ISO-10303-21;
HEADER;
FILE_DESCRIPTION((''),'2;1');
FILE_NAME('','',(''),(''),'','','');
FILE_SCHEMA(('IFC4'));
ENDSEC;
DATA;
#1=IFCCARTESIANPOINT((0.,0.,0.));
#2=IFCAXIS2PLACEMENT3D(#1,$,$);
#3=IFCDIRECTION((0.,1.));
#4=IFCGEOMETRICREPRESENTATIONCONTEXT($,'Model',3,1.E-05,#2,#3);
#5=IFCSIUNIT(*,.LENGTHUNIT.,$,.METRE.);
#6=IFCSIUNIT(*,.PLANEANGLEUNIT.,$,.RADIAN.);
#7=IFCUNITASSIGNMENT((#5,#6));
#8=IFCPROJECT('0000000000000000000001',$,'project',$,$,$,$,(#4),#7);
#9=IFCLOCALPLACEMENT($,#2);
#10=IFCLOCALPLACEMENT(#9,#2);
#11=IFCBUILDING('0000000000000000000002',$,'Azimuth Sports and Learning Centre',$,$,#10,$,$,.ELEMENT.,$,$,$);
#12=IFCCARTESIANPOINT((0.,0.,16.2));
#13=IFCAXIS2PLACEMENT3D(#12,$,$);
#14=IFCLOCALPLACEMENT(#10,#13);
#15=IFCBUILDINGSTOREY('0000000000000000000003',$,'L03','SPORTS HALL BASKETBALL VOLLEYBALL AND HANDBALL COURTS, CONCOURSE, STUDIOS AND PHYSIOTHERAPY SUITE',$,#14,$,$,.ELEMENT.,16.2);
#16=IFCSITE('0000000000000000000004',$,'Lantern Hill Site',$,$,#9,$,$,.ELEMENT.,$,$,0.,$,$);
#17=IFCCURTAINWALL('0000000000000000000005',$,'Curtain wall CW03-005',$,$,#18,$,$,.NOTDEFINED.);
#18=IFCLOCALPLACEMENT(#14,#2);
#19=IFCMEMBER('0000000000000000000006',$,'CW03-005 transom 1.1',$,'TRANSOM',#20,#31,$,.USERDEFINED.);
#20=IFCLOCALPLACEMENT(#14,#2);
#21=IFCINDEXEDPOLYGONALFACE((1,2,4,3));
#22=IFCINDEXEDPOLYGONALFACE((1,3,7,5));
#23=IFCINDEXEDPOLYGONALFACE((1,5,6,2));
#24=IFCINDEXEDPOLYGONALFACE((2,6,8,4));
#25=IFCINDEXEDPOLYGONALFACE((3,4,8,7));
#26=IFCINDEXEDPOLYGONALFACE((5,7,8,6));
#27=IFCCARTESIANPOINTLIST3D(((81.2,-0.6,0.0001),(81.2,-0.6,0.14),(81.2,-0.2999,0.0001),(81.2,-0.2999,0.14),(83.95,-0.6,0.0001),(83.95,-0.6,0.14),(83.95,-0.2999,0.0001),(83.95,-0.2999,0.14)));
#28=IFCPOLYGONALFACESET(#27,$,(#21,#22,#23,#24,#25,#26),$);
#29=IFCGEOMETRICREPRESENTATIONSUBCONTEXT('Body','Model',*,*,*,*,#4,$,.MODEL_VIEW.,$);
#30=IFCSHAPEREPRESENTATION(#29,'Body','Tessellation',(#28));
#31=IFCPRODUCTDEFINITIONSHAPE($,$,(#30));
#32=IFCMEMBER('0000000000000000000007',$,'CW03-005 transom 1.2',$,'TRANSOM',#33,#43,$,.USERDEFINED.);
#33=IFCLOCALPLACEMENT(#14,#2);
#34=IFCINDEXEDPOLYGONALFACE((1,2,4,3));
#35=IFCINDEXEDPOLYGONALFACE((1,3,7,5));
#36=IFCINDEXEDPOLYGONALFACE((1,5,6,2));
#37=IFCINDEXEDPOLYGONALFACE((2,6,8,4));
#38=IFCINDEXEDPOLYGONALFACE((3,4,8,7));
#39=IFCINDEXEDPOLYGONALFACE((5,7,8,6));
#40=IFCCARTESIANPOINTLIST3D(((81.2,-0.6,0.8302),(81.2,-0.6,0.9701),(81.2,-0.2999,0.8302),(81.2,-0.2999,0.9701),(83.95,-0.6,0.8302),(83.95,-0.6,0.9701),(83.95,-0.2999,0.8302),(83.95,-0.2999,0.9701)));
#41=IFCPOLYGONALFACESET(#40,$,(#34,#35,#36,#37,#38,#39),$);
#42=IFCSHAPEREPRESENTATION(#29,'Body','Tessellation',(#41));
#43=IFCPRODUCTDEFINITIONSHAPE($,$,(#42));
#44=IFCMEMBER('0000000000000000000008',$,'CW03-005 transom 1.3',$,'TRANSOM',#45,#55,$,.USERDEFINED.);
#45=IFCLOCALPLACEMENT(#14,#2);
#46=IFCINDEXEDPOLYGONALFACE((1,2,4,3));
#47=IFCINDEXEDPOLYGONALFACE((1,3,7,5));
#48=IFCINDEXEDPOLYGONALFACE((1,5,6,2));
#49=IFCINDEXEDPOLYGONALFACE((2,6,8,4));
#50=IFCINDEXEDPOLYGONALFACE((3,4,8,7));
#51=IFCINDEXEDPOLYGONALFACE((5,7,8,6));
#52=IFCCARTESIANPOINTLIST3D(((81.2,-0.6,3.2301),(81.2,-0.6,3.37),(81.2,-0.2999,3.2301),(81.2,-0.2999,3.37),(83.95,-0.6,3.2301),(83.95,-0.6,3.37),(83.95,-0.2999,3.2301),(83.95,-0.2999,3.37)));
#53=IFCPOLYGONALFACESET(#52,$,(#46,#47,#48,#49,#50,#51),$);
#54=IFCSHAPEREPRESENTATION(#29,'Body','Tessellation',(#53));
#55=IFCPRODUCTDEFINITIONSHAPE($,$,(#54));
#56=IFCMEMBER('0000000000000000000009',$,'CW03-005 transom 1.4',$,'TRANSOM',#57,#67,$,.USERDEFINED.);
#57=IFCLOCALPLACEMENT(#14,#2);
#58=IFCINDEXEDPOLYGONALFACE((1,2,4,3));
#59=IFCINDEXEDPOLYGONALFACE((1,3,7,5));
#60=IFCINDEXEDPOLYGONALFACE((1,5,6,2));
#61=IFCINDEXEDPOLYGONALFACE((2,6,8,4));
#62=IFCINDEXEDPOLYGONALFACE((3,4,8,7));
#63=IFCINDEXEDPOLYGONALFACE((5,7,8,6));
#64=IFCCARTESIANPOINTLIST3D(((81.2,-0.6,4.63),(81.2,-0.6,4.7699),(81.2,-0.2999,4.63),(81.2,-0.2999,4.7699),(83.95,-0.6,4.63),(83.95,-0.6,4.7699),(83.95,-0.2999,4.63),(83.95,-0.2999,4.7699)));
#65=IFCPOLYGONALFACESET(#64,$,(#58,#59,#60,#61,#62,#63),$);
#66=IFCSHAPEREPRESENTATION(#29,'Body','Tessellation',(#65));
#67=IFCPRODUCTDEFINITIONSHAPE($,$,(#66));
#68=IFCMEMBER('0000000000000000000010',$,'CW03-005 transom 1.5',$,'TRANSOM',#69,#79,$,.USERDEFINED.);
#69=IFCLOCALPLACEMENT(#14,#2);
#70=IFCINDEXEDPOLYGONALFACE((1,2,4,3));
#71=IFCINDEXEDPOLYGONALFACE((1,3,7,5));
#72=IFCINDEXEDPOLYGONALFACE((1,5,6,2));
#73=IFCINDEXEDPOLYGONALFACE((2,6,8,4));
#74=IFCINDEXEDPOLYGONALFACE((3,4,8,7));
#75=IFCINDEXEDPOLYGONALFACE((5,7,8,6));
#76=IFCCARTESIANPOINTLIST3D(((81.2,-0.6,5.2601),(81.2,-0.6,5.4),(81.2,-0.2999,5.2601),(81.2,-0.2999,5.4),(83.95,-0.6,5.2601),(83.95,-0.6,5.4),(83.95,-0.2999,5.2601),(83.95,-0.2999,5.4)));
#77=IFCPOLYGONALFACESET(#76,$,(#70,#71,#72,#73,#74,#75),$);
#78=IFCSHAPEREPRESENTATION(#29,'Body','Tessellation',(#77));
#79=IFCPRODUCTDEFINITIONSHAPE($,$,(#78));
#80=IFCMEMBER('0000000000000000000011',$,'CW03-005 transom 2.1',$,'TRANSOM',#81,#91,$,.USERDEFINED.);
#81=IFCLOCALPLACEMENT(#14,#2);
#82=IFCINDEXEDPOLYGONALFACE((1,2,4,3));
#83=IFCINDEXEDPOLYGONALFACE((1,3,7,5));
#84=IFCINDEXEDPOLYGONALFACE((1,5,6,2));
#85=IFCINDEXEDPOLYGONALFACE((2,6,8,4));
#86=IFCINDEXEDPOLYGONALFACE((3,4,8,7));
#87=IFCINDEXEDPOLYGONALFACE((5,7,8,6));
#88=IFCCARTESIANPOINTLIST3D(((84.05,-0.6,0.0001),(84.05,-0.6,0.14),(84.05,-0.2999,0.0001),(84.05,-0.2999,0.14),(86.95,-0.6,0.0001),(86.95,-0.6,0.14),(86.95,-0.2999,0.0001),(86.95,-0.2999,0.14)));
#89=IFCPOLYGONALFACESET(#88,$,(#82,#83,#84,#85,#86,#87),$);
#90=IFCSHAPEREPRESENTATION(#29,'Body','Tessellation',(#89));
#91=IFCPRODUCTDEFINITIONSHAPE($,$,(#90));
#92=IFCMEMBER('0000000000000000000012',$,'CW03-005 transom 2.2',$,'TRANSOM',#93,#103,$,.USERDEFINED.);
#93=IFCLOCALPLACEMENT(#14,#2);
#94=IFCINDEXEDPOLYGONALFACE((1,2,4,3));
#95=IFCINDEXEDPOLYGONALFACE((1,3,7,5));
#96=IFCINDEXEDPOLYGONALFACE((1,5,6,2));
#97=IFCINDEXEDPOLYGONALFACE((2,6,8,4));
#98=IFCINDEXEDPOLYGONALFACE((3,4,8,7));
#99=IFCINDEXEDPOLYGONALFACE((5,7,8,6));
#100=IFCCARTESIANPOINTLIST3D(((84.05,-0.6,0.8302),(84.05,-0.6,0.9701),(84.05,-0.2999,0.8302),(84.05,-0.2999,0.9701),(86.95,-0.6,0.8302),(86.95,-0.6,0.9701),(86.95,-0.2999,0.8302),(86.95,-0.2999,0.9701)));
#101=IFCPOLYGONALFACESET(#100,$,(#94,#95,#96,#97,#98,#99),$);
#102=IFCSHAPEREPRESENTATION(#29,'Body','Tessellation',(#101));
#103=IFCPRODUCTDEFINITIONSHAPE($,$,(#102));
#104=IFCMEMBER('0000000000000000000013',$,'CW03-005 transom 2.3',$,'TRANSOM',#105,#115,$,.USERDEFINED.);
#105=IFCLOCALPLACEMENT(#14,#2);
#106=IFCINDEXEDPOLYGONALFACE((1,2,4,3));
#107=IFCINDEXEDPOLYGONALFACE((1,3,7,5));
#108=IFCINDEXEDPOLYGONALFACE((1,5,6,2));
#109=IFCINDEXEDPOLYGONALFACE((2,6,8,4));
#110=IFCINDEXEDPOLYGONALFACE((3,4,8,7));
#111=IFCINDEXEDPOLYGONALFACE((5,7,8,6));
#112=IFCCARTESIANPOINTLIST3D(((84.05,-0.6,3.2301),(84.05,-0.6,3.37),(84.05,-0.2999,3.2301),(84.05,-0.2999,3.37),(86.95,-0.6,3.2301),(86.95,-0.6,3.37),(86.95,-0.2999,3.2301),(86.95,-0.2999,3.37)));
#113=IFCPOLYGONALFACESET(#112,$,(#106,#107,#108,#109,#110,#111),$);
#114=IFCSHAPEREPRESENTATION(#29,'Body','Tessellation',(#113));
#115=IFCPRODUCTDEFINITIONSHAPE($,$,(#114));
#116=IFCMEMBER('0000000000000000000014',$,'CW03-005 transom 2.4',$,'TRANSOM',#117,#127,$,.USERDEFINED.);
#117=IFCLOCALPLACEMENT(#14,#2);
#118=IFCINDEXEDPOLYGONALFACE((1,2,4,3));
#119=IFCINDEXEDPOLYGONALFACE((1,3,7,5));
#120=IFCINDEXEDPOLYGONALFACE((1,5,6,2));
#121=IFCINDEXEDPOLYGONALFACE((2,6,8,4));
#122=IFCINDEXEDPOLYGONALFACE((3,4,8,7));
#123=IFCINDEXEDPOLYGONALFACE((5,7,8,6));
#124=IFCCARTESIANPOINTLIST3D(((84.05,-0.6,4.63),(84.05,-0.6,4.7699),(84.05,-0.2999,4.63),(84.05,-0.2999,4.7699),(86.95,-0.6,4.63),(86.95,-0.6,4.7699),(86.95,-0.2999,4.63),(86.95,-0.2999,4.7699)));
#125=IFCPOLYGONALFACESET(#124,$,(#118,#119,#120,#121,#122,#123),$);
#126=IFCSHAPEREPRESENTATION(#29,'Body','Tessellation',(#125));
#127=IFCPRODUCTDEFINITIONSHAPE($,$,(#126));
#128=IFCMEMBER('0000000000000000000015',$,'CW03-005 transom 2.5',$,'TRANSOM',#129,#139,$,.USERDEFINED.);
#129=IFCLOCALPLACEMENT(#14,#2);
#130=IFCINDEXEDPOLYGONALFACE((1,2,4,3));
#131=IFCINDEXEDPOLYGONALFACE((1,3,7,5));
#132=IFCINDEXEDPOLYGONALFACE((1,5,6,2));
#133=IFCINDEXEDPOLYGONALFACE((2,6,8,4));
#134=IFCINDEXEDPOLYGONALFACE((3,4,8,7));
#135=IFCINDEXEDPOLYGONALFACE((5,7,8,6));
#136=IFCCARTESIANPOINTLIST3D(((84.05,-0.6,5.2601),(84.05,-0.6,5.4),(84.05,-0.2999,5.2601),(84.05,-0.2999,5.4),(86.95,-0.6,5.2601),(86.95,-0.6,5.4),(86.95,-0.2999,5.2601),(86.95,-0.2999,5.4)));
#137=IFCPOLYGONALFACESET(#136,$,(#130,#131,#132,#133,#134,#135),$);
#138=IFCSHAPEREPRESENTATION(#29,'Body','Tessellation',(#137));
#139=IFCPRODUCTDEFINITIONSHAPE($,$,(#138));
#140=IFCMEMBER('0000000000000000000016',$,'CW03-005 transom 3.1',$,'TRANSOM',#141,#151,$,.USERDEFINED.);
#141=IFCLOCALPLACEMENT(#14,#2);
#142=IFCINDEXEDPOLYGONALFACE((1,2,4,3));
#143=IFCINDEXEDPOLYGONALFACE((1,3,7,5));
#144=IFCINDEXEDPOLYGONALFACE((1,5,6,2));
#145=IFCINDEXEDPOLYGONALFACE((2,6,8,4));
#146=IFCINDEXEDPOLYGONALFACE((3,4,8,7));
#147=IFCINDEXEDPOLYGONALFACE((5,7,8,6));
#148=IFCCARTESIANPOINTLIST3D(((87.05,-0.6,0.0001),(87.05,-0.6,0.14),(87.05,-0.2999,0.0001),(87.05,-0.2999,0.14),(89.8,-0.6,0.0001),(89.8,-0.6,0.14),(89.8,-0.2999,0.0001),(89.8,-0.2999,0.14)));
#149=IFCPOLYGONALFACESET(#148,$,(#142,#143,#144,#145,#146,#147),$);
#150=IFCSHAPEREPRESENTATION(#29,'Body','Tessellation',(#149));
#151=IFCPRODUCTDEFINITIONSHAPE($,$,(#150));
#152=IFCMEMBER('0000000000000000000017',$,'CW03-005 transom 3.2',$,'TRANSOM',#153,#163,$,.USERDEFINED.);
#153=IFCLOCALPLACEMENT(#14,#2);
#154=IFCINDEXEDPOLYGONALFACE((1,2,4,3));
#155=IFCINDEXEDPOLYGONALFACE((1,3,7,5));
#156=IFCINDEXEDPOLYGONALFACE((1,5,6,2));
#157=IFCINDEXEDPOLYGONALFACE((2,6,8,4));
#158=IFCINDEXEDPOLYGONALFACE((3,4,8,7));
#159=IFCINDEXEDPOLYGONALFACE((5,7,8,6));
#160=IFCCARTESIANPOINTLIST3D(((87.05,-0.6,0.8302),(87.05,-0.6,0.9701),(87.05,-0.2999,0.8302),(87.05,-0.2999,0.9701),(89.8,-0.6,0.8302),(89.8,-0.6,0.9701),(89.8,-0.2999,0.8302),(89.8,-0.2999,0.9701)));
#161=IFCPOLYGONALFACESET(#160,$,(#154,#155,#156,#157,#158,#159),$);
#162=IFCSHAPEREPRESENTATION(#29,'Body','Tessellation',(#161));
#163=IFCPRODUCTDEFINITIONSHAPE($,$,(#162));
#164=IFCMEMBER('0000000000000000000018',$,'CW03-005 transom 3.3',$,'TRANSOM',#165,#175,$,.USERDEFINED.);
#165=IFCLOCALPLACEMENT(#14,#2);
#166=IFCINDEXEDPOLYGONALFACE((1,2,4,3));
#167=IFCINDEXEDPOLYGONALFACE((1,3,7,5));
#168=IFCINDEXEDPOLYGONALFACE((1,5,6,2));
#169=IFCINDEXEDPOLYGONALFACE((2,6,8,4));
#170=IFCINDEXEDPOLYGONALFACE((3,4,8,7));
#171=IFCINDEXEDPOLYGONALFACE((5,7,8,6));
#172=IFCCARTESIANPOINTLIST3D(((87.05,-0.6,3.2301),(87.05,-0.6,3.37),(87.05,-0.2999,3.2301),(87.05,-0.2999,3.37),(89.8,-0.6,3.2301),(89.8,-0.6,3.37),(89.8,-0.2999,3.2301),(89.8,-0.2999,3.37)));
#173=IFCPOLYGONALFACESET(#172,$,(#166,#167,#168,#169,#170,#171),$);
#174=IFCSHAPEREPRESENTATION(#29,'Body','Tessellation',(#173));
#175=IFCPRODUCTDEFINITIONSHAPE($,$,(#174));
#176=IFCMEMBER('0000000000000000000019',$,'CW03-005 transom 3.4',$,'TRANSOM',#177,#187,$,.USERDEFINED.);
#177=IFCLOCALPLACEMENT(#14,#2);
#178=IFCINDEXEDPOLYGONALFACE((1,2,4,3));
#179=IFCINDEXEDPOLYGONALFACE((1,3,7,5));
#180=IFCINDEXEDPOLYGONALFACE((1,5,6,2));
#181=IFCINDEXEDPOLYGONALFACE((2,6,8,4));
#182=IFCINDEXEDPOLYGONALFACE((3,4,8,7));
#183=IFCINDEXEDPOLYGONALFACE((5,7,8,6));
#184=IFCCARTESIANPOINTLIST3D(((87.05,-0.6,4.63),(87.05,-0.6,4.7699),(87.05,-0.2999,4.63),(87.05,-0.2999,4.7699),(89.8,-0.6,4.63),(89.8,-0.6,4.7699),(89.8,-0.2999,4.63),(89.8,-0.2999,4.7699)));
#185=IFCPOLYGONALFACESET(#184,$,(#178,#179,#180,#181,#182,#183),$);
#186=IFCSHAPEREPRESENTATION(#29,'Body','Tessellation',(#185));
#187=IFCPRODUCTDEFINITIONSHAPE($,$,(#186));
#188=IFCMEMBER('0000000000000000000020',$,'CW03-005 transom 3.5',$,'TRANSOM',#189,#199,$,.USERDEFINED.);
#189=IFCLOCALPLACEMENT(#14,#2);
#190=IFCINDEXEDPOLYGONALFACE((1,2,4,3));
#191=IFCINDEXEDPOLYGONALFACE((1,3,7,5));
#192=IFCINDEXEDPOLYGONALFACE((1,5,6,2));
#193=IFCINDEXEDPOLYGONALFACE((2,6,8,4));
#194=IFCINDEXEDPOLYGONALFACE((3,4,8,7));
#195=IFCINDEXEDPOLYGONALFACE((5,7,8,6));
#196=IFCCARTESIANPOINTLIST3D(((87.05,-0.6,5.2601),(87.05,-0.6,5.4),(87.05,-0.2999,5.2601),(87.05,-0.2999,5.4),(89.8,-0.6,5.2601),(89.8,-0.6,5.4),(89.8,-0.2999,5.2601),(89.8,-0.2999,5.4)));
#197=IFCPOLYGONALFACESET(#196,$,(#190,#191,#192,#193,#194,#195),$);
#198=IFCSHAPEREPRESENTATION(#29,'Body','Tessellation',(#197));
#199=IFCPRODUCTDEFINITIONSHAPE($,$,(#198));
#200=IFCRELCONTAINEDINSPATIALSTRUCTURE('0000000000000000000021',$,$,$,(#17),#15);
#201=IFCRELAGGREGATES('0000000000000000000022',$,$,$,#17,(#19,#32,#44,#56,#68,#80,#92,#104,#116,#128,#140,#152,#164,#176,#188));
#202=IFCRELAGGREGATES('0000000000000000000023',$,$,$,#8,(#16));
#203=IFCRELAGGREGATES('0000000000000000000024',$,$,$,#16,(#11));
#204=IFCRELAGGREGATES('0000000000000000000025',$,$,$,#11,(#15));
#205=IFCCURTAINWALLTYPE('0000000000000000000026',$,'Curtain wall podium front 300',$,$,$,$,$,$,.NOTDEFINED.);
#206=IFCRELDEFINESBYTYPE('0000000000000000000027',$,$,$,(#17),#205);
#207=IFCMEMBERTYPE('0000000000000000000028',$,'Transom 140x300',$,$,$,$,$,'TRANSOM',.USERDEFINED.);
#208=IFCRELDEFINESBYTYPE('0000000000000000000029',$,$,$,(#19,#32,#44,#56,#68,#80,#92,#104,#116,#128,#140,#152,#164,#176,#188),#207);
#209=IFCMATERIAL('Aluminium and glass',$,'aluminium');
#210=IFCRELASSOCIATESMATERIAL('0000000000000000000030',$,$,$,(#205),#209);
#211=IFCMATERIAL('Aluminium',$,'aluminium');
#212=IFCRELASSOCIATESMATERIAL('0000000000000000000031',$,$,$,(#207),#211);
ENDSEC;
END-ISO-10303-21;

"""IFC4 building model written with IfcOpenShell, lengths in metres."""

from ifc_helpers import new_model, si_unit, direction, frame, origin, origin_2d, place, context, subcontext, project, spatial, rectangle, extrude, material, material_profile, profile_set, type_object, element, aggregate, save


model = new_model("IFC4")

# Units and contexts
model_context = context("Model", 3, precision=1e-05, world=origin(), true_north=direction((0.0, 1.0)))
body_context = subcontext(model_context, "Body", "Model", "MODEL_VIEW")
ifc_project = project(units=[si_unit("LENGTHUNIT", "METRE"), si_unit("PLANEANGLEUNIT", "RADIAN")], contexts=[model_context])

# Site, building, storey
site_placement = place(None, origin())
site = spatial("IfcSite", under=ifc_project, at=site_placement, Name="Lantern Hill Site", CompositionType="ELEMENT", RefElevation=0.0)
building_placement = place(site_placement, origin())
building = spatial("IfcBuilding", under=site, at=building_placement, Name="Azimuth Sports and Learning Centre", CompositionType="ELEMENT")
storey_placement = place(building_placement, frame((0.0, 0.0, 16.2)))
storey = spatial("IfcBuildingStorey", under=building, at=storey_placement, Name="L03", Description="SPORTS HALL BASKETBALL VOLLEYBALL AND HANDBALL COURTS, CONCOURSE, STUDIOS AND PHYSIOTHERAPY SUITE", CompositionType="ELEMENT", Elevation=16.2)

# Curtain wall, members
ifc_material_1 = material(Name="Aluminium and glass", Category="aluminium")
curtain_wall_type = type_object("IfcCurtainWallType", Name="Curtain wall podium front 300", PredefinedType="NOTDEFINED", material=ifc_material_1)
curtain_wall_placement = place(storey_placement, origin())
curtain_wall = element("IfcCurtainWall", 1, at=curtain_wall_placement, inside=storey, type_object=curtain_wall_type, Name="Curtain wall CW03-005", PredefinedType="NOTDEFINED")
ifc_material_2 = material(Name="Aluminium", Category="aluminium")
ifc_material_profile_1 = material_profile(ifc_material_2, rectangle(XDim=0.3, YDim=0.1399, at=origin_2d()), Name="Transom 140x300")
ifc_profile_set_1 = profile_set([ifc_material_profile_1], Name="Aluminium")
member_type_1 = type_object("IfcMemberType", Name="Transom 140x300", ElementType="TRANSOM", PredefinedType="USERDEFINED", material=ifc_profile_set_1)
member_1_placement = place(storey_placement, frame((81.2, -0.45, 0.0701), z_axis=(1.0, 0.0, 0.0), x_axis=(0.0, 1.0, 0.0)))
member_1 = element("IfcMember", 2, at=member_1_placement, type_object=member_type_1, Name="CW03-005 transom 1.1", ObjectType="TRANSOM", PredefinedType="USERDEFINED", context=body_context, shape_type="SweptSolid", body=[
    extrude(rectangle(XDim=0.3, YDim=0.1399, at=origin_2d()), origin(), (0.0, 0.0, 1.0), 2.75),
])
member_2_placement = place(storey_placement, frame((81.2, -0.45, 0.9001), z_axis=(1.0, 0.0, 0.0), x_axis=(0.0, 1.0, 0.0)))
member_2 = element("IfcMember", 3, at=member_2_placement, type_object=member_type_1, Name="CW03-005 transom 1.2", ObjectType="TRANSOM", PredefinedType="USERDEFINED", context=body_context, shape_type="SweptSolid", body=[
    extrude(rectangle(XDim=0.3, YDim=0.1399, at=origin_2d()), origin(), (0.0, 0.0, 1.0), 2.75),
])
member_3_placement = place(storey_placement, frame((81.2, -0.45, 3.3), z_axis=(1.0, 0.0, 0.0), x_axis=(0.0, 1.0, 0.0)))
member_3 = element("IfcMember", 4, at=member_3_placement, type_object=member_type_1, Name="CW03-005 transom 1.3", ObjectType="TRANSOM", PredefinedType="USERDEFINED", context=body_context, shape_type="SweptSolid", body=[
    extrude(rectangle(XDim=0.3, YDim=0.1399, at=origin_2d()), origin(), (0.0, 0.0, 1.0), 2.75),
])
member_4_placement = place(storey_placement, frame((81.2, -0.45, 4.7), z_axis=(1.0, 0.0, 0.0), x_axis=(0.0, 1.0, 0.0)))
member_4 = element("IfcMember", 5, at=member_4_placement, type_object=member_type_1, Name="CW03-005 transom 1.4", ObjectType="TRANSOM", PredefinedType="USERDEFINED", context=body_context, shape_type="SweptSolid", body=[
    extrude(rectangle(XDim=0.3, YDim=0.1399, at=origin_2d()), origin(), (0.0, 0.0, 1.0), 2.75),
])
member_5_placement = place(storey_placement, frame((81.2, -0.45, 5.3301), z_axis=(1.0, 0.0, 0.0), x_axis=(0.0, 1.0, 0.0)))
member_5 = element("IfcMember", 6, at=member_5_placement, type_object=member_type_1, Name="CW03-005 transom 1.5", ObjectType="TRANSOM", PredefinedType="USERDEFINED", context=body_context, shape_type="SweptSolid", body=[
    extrude(rectangle(XDim=0.3, YDim=0.1399, at=origin_2d()), origin(), (0.0, 0.0, 1.0), 2.75),
])
member_6_placement = place(storey_placement, frame((84.05, -0.45, 0.0701), z_axis=(1.0, 0.0, 0.0), x_axis=(0.0, 1.0, 0.0)))
member_6 = element("IfcMember", 7, at=member_6_placement, type_object=member_type_1, Name="CW03-005 transom 2.1", ObjectType="TRANSOM", PredefinedType="USERDEFINED", context=body_context, shape_type="SweptSolid", body=[
    extrude(rectangle(XDim=0.3, YDim=0.1399, at=origin_2d()), origin(), (0.0, 0.0, 1.0), 2.8999),
])
member_7_placement = place(storey_placement, frame((84.05, -0.45, 0.9001), z_axis=(1.0, 0.0, 0.0), x_axis=(0.0, 1.0, 0.0)))
member_7 = element("IfcMember", 8, at=member_7_placement, type_object=member_type_1, Name="CW03-005 transom 2.2", ObjectType="TRANSOM", PredefinedType="USERDEFINED", context=body_context, shape_type="SweptSolid", body=[
    extrude(rectangle(XDim=0.3, YDim=0.1399, at=origin_2d()), origin(), (0.0, 0.0, 1.0), 2.8999),
])
member_8_placement = place(storey_placement, frame((84.05, -0.45, 3.3), z_axis=(1.0, 0.0, 0.0), x_axis=(0.0, 1.0, 0.0)))
member_8 = element("IfcMember", 9, at=member_8_placement, type_object=member_type_1, Name="CW03-005 transom 2.3", ObjectType="TRANSOM", PredefinedType="USERDEFINED", context=body_context, shape_type="SweptSolid", body=[
    extrude(rectangle(XDim=0.3, YDim=0.1399, at=origin_2d()), origin(), (0.0, 0.0, 1.0), 2.8999),
])
member_9_placement = place(storey_placement, frame((84.05, -0.45, 4.7), z_axis=(1.0, 0.0, 0.0), x_axis=(0.0, 1.0, 0.0)))
member_9 = element("IfcMember", 10, at=member_9_placement, type_object=member_type_1, Name="CW03-005 transom 2.4", ObjectType="TRANSOM", PredefinedType="USERDEFINED", context=body_context, shape_type="SweptSolid", body=[
    extrude(rectangle(XDim=0.3, YDim=0.1399, at=origin_2d()), origin(), (0.0, 0.0, 1.0), 2.8999),
])
member_10_placement = place(storey_placement, frame((84.05, -0.45, 5.3301), z_axis=(1.0, 0.0, 0.0), x_axis=(0.0, 1.0, 0.0)))
member_10 = element("IfcMember", 11, at=member_10_placement, type_object=member_type_1, Name="CW03-005 transom 2.5", ObjectType="TRANSOM", PredefinedType="USERDEFINED", context=body_context, shape_type="SweptSolid", body=[
    extrude(rectangle(XDim=0.3, YDim=0.1399, at=origin_2d()), origin(), (0.0, 0.0, 1.0), 2.8999),
])
member_11_placement = place(storey_placement, frame((87.05, -0.45, 0.0701), z_axis=(1.0, 0.0, 0.0), x_axis=(0.0, 1.0, 0.0)))
member_11 = element("IfcMember", 12, at=member_11_placement, type_object=member_type_1, Name="CW03-005 transom 3.1", ObjectType="TRANSOM", PredefinedType="USERDEFINED", context=body_context, shape_type="SweptSolid", body=[
    extrude(rectangle(XDim=0.3, YDim=0.1399, at=origin_2d()), origin(), (0.0, 0.0, 1.0), 2.75),
])
member_12_placement = place(storey_placement, frame((87.05, -0.45, 0.9001), z_axis=(1.0, 0.0, 0.0), x_axis=(0.0, 1.0, 0.0)))
member_12 = element("IfcMember", 13, at=member_12_placement, type_object=member_type_1, Name="CW03-005 transom 3.2", ObjectType="TRANSOM", PredefinedType="USERDEFINED", context=body_context, shape_type="SweptSolid", body=[
    extrude(rectangle(XDim=0.3, YDim=0.1399, at=origin_2d()), origin(), (0.0, 0.0, 1.0), 2.75),
])
member_13_placement = place(storey_placement, frame((87.05, -0.45, 3.3), z_axis=(1.0, 0.0, 0.0), x_axis=(0.0, 1.0, 0.0)))
member_13 = element("IfcMember", 14, at=member_13_placement, type_object=member_type_1, Name="CW03-005 transom 3.3", ObjectType="TRANSOM", PredefinedType="USERDEFINED", context=body_context, shape_type="SweptSolid", body=[
    extrude(rectangle(XDim=0.3, YDim=0.1399, at=origin_2d()), origin(), (0.0, 0.0, 1.0), 2.75),
])
member_14_placement = place(storey_placement, frame((87.05, -0.45, 4.7), z_axis=(1.0, 0.0, 0.0), x_axis=(0.0, 1.0, 0.0)))
member_14 = element("IfcMember", 15, at=member_14_placement, type_object=member_type_1, Name="CW03-005 transom 3.4", ObjectType="TRANSOM", PredefinedType="USERDEFINED", context=body_context, shape_type="SweptSolid", body=[
    extrude(rectangle(XDim=0.3, YDim=0.1399, at=origin_2d()), origin(), (0.0, 0.0, 1.0), 2.75),
])
member_15_placement = place(storey_placement, frame((87.05, -0.45, 5.3301), z_axis=(1.0, 0.0, 0.0), x_axis=(0.0, 1.0, 0.0)))
member_15 = element("IfcMember", 16, at=member_15_placement, type_object=member_type_1, Name="CW03-005 transom 3.5", ObjectType="TRANSOM", PredefinedType="USERDEFINED", context=body_context, shape_type="SweptSolid", body=[
    extrude(rectangle(XDim=0.3, YDim=0.1399, at=origin_2d()), origin(), (0.0, 0.0, 1.0), 2.75),
])
aggregate(curtain_wall, [member_1, member_2, member_3, member_4, member_5, member_6, member_7, member_8, member_9, member_10, member_11, member_12, member_13, member_14, member_15])

save(model, "model.ifc")
